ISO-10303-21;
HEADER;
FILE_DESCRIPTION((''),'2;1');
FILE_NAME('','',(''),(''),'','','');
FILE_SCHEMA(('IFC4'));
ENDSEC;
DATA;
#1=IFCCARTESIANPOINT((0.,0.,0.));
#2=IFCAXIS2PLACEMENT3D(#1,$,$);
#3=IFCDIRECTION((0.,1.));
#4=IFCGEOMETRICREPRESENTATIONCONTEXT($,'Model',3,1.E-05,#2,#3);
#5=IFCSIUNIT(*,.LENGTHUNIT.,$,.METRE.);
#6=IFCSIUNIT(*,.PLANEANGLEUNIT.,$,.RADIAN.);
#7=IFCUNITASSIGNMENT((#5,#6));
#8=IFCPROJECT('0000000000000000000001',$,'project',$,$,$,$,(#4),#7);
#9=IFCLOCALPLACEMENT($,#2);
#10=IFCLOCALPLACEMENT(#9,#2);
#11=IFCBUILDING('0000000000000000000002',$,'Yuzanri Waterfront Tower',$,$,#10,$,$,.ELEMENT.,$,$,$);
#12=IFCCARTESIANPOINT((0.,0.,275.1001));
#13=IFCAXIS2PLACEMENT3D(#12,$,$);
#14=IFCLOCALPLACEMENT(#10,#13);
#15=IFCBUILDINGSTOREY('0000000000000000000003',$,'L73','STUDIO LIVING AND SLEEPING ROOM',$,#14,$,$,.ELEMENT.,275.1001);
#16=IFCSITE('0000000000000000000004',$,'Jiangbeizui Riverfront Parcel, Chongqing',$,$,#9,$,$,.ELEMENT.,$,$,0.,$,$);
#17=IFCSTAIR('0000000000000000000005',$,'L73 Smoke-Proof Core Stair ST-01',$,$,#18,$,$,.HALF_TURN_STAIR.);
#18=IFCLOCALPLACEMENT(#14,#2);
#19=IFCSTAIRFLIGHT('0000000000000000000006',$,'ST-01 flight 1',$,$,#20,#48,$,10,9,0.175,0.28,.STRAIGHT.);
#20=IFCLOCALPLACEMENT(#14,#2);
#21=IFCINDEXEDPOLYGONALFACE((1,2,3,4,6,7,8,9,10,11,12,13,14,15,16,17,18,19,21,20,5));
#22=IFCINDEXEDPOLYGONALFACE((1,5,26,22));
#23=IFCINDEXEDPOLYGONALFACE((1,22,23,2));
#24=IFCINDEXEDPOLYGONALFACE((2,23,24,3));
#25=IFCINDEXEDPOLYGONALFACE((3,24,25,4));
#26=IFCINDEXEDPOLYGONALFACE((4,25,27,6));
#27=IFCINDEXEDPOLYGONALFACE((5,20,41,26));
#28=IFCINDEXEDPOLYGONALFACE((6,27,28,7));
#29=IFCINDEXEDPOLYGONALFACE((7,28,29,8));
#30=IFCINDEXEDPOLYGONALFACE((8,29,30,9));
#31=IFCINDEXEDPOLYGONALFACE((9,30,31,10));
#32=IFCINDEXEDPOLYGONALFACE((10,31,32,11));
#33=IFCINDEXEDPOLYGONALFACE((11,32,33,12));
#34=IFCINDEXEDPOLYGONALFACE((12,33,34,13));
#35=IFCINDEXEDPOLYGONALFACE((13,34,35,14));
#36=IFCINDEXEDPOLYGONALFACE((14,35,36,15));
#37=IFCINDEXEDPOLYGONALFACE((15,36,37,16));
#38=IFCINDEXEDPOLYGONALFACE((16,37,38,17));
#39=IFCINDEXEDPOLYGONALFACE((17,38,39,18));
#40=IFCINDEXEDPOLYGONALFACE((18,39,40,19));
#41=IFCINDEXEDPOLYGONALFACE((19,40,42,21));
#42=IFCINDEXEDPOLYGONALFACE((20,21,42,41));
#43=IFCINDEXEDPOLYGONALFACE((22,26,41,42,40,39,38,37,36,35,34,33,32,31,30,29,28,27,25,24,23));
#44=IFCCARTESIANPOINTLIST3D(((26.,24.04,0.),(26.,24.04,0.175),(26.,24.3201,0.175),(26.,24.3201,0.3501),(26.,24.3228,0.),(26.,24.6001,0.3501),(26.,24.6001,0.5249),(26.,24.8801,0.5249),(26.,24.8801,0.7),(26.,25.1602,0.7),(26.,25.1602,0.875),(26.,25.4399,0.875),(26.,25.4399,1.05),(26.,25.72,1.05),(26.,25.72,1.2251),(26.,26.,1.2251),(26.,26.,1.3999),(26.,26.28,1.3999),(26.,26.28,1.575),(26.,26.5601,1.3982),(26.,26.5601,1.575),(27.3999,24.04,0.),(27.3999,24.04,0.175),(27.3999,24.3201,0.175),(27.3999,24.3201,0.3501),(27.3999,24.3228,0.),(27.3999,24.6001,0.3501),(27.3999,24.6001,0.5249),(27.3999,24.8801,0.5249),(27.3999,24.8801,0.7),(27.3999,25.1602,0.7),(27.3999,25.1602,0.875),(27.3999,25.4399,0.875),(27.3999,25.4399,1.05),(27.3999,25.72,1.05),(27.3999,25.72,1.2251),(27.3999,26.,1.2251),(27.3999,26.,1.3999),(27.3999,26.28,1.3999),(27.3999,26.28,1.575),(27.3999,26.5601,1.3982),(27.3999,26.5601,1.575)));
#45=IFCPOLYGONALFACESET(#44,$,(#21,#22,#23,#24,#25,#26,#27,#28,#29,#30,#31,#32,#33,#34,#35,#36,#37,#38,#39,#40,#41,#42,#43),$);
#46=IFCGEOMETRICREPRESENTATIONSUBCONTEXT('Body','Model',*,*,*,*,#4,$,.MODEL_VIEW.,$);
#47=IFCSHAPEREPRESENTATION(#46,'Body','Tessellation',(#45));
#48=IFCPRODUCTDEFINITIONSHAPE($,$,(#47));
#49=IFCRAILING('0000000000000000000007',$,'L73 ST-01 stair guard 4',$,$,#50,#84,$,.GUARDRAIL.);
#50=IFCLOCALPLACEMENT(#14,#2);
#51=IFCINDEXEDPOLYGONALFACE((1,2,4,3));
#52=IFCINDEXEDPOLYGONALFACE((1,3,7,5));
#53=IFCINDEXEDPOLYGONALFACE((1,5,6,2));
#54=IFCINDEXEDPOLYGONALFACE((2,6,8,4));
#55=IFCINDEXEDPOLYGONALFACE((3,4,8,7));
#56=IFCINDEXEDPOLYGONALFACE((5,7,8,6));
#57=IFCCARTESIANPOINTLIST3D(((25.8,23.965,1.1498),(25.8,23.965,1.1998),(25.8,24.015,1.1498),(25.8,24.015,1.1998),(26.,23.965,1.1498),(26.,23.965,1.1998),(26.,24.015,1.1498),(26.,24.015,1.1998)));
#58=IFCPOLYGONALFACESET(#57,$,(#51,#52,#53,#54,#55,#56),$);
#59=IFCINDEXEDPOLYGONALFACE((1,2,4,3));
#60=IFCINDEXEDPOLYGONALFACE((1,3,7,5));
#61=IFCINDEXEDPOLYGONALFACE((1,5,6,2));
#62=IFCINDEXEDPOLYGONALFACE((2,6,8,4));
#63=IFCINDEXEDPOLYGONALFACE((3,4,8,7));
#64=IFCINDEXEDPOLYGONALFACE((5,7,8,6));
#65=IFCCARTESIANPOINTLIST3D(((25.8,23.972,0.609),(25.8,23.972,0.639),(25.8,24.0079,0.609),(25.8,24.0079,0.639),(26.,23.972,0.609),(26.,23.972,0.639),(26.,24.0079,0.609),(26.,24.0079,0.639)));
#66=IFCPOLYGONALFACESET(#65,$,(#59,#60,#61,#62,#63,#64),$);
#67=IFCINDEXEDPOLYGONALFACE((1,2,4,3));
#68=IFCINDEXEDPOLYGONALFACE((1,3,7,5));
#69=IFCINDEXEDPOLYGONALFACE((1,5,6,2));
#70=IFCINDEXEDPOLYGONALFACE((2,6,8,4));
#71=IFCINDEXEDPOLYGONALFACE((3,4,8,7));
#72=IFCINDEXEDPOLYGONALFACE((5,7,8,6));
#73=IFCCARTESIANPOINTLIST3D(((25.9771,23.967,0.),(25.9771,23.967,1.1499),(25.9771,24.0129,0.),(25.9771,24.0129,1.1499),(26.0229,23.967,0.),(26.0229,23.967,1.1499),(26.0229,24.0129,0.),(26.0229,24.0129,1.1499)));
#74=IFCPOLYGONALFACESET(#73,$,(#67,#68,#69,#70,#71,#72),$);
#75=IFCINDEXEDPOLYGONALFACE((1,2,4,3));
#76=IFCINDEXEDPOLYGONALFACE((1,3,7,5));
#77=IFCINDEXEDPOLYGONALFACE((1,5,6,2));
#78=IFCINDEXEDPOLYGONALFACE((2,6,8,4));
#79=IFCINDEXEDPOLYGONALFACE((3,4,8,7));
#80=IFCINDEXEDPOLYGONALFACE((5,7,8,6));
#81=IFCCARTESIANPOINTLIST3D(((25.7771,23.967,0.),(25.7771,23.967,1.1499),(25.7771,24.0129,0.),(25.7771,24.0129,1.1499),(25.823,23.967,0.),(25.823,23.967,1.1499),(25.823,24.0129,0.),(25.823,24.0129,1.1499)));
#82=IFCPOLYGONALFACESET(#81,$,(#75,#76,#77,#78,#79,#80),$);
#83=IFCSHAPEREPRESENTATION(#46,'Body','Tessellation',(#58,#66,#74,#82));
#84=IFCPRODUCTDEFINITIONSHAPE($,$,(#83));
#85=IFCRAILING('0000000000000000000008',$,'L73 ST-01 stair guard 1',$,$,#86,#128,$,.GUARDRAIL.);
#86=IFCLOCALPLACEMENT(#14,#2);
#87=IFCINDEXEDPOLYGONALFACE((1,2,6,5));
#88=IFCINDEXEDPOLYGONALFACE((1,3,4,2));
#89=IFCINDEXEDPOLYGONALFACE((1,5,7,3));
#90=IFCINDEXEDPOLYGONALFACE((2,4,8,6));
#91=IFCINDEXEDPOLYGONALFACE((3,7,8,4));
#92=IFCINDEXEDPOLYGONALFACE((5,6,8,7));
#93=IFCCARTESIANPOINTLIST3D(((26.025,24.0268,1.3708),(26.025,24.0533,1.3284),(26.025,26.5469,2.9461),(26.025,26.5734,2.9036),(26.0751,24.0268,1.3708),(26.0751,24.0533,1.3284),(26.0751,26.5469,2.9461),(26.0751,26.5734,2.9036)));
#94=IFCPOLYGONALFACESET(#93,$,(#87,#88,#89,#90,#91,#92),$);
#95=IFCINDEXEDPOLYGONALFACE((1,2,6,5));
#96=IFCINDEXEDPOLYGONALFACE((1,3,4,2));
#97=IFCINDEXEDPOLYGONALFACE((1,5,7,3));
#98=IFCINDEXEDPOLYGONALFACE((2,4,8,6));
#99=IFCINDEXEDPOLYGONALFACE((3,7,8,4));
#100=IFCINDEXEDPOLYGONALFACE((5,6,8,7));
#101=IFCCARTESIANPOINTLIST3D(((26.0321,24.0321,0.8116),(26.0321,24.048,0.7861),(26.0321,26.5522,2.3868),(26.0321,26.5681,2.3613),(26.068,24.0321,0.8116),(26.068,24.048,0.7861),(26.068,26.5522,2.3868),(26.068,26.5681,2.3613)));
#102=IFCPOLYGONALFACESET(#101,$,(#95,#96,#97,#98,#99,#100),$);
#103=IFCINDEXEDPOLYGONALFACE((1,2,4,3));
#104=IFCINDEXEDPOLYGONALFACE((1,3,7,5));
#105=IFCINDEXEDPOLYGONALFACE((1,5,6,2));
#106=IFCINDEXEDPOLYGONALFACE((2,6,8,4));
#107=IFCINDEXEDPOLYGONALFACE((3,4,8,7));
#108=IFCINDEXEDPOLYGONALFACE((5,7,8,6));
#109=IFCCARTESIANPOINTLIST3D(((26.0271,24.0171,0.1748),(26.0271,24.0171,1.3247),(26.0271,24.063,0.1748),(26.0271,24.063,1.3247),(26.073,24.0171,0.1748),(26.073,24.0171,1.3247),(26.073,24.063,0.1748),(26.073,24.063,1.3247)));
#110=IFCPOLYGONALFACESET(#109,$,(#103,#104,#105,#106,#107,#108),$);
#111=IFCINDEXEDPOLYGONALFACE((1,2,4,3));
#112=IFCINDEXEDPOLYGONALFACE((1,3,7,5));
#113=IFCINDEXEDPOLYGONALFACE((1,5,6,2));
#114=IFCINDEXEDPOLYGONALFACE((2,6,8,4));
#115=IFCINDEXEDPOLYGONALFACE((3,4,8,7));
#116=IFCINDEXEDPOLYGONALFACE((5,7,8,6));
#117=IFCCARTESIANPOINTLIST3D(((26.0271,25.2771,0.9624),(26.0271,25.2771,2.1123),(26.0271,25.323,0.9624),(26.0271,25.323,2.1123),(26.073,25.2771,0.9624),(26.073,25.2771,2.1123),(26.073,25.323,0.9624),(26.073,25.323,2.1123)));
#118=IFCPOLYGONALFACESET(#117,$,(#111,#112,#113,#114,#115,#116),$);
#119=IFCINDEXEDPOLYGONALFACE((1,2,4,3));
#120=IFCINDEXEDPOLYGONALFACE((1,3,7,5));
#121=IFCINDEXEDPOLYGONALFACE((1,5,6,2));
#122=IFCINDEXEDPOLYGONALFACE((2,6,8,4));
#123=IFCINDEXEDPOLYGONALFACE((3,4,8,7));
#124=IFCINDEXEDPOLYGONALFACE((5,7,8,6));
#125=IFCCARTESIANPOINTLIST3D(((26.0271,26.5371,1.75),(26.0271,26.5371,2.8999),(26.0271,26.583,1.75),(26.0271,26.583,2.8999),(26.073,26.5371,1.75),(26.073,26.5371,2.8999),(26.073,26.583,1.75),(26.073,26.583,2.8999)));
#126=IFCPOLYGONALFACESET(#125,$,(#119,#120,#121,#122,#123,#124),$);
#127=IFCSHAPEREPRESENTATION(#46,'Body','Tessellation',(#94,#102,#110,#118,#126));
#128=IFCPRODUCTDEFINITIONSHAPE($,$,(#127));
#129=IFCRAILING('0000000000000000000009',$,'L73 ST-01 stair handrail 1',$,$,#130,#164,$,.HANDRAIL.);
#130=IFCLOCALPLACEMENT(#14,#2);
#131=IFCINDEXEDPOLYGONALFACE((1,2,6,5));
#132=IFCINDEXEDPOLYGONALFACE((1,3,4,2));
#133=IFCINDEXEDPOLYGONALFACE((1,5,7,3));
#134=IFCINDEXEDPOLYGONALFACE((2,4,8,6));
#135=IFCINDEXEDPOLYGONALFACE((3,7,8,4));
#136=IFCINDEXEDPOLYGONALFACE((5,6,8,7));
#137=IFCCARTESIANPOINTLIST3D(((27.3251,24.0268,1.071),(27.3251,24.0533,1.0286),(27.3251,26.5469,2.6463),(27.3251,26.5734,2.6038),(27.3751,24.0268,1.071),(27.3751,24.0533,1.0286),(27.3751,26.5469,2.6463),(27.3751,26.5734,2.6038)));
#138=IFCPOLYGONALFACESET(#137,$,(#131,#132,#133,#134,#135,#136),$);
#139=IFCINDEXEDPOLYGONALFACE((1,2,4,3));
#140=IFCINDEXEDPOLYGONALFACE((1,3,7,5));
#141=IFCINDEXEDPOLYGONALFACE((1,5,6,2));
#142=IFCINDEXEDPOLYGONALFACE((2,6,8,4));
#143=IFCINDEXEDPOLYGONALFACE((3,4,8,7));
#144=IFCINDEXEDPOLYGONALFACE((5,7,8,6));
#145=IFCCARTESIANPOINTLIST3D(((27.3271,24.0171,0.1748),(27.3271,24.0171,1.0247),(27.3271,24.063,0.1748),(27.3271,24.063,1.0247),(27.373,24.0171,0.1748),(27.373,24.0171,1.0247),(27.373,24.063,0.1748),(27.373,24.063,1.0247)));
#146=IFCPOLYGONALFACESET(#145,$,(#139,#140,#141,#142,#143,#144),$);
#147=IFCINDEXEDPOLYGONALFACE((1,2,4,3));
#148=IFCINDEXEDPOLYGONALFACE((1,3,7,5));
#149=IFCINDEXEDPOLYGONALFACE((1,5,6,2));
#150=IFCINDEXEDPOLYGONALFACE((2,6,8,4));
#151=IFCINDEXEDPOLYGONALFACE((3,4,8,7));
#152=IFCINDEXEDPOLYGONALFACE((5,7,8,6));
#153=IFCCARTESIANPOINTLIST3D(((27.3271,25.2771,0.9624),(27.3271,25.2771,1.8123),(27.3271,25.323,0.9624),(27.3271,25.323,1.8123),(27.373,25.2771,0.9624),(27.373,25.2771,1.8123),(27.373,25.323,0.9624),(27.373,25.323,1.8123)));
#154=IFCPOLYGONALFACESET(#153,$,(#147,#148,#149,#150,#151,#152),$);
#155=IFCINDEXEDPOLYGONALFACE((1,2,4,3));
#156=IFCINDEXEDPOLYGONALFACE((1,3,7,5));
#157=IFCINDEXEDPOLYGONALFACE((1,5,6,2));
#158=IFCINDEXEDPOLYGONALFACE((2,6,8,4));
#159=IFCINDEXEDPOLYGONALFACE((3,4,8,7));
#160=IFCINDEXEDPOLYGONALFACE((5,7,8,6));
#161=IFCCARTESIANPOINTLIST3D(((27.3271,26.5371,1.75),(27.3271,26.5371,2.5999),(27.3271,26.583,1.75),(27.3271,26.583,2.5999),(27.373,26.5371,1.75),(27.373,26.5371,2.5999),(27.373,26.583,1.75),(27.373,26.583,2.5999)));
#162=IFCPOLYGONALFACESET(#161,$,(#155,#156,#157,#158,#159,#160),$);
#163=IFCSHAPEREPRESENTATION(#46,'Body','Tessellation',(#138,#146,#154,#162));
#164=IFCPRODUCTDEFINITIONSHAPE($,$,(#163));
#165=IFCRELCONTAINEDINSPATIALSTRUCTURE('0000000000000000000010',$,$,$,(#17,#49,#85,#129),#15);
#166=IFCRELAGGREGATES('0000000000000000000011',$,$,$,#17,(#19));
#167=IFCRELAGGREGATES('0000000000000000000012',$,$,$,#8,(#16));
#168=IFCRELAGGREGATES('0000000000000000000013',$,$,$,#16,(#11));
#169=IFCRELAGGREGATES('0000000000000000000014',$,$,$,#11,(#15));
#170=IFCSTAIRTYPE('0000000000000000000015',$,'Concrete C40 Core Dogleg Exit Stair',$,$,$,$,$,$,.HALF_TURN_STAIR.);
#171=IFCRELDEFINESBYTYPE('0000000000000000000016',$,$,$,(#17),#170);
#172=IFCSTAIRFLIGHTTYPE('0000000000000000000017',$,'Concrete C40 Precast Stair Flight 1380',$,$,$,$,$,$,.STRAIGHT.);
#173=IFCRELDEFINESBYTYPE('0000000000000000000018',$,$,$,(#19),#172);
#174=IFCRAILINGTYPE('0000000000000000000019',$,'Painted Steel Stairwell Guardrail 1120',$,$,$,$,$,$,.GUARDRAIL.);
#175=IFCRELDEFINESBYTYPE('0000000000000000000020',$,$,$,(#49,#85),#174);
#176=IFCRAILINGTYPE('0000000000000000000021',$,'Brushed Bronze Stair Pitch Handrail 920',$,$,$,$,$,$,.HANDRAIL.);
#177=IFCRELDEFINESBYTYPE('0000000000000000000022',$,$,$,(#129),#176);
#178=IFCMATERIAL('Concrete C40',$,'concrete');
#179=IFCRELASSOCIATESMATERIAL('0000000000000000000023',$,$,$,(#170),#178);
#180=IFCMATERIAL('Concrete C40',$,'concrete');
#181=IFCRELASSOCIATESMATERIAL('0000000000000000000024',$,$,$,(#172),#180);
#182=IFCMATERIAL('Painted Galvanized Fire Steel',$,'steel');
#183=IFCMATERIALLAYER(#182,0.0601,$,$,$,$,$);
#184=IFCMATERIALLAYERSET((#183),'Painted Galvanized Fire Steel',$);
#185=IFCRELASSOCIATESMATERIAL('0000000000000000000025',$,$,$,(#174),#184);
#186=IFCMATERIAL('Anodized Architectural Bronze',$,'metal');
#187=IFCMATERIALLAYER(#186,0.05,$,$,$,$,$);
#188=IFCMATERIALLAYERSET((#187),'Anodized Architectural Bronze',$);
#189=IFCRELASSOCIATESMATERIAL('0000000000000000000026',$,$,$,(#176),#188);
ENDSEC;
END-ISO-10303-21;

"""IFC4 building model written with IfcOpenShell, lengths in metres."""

from ifc_helpers import new_model, si_unit, direction, frame, origin, origin_2d, place, context, subcontext, project, spatial, polyline, rectangle, outline, extrude, source, transform, mapped, material, layer, layer_set, type_object, element, aggregate, save


model = new_model("IFC4")

# Units and contexts
model_context = context("Model", 3, precision=1e-05, world=origin(), true_north=direction((0.0, 1.0)))
body_context = subcontext(model_context, "Body", "Model", "MODEL_VIEW")
ifc_project = project(units=[si_unit("LENGTHUNIT", "METRE"), si_unit("PLANEANGLEUNIT", "RADIAN")], contexts=[model_context])

# Site, building, storey
site_placement = place(None, origin())
site = spatial("IfcSite", under=ifc_project, at=site_placement, Name="Jiangbeizui Riverfront Parcel, Chongqing", CompositionType="ELEMENT", RefElevation=0.0)
building_placement = place(site_placement, origin())
building = spatial("IfcBuilding", under=site, at=building_placement, Name="Yuzanri Waterfront Tower", CompositionType="ELEMENT")
storey_placement = place(building_placement, frame((0.0, 0.0, 275.1001)))
storey = spatial("IfcBuildingStorey", under=building, at=storey_placement, Name="L73", Description="STUDIO LIVING AND SLEEPING ROOM", CompositionType="ELEMENT", Elevation=275.1001)

# Stair, stair flight
ifc_material_1 = material(Name="Concrete C40", Category="concrete")
stair_type = type_object("IfcStairType", Name="Concrete C40 Core Dogleg Exit Stair", PredefinedType="HALF_TURN_STAIR", material=ifc_material_1)
stair_placement = place(storey_placement, origin())
stair = element("IfcStair", 1, at=stair_placement, inside=storey, type_object=stair_type, Name="L73 Smoke-Proof Core Stair ST-01", PredefinedType="HALF_TURN_STAIR")
ifc_material_2 = material(Name="Concrete C40", Category="concrete")
stair_flight_type = type_object("IfcStairFlightType", Name="Concrete C40 Precast Stair Flight 1380", PredefinedType="STRAIGHT", material=ifc_material_2)
shared_shape_1 = source(origin(), body_context, "Body", "SweptSolid", [
    extrude(outline(polyline([(0.0, 0.0), (0.0, 0.175), (0.28, 0.175), (0.28, 0.3501), (0.5601, 0.3501), (0.5601, 0.5249), (0.8401, 0.5249), (0.8401, 0.7), (1.1201, 0.7), (1.1201, 0.875), (1.3999, 0.875), (1.3999, 1.05), (1.6799, 1.05), (1.6799, 1.2251), (1.96, 1.2251), (1.96, 1.3999), (2.24, 1.3999), (2.24, 1.575), (2.52, 1.575), (2.52, 1.75), (2.52, 1.3982), (0.2827, 0.0), (0.0, 0.0)])), frame((0.0, 0.7, 0.0), z_axis=(0.0, -1.0, 0.0), x_axis=(1.0, 0.0, 0.0)), (0.0, 0.0, 1.0), 1.3999),
])
stair_flight_placement = place(storey_placement, frame((26.7, 24.04, 0.0), z_axis=(0.0, 0.0, 1.0), x_axis=(0.0, 1.0, 0.0)))
stair_flight = element("IfcStairFlight", 2, at=stair_flight_placement, type_object=stair_flight_type, Name="ST-01 flight 1", NumberOfRisers=10, NumberOfTreads=9, PredefinedType="STRAIGHT", RiserHeight=0.175, TreadLength=0.28, context=body_context, shape_type="MappedRepresentation", body=[
    mapped(shared_shape_1, transform((0.0, 0.0, 0.0), scale=1.0)),
])
aggregate(stair, [stair_flight])

# Railings
ifc_material_3 = material(Name="Painted Galvanized Fire Steel", Category="steel")
ifc_layer_1 = layer(ifc_material_3, 0.0601)
ifc_layer_set_1 = layer_set([ifc_layer_1], Name="Painted Galvanized Fire Steel")
railing_type_1 = type_object("IfcRailingType", Name="Painted Steel Stairwell Guardrail 1120", PredefinedType="GUARDRAIL", material=ifc_layer_set_1)
shared_shape_2 = source(origin(), body_context, "Body", "SweptSolid", [
    extrude(rectangle(XDim=0.05, YDim=0.05, at=origin_2d()), frame((0.0, 0.0, 1.1748), z_axis=(-1.0, 0.0, 0.0), x_axis=(0.0, -1.0, 0.0)), (0.0, 0.0, 1.0), 0.2),
    extrude(rectangle(XDim=0.0359, YDim=0.03, at=origin_2d()), frame((0.0, 0.0, 0.624), z_axis=(-1.0, 0.0, 0.0), x_axis=(0.0, -1.0, 0.0)), (0.0, 0.0, 1.0), 0.2),
    extrude(rectangle(XDim=0.0459, YDim=0.0459, at=origin_2d()), origin(), (0.0, 0.0, 1.0), 1.1499),
    extrude(rectangle(XDim=0.0459, YDim=0.0459, at=origin_2d()), frame((-0.2, 0.0, 0.0)), (0.0, 0.0, 1.0), 1.1499),
])
railing_1_placement = place(storey_placement, frame((26.0, 23.99, 0.0)))
element("IfcRailing", 3, at=railing_1_placement, inside=storey, type_object=railing_type_1, Name="L73 ST-01 stair guard 4", PredefinedType="GUARDRAIL", context=body_context, shape_type="MappedRepresentation", body=[
    mapped(shared_shape_2, transform((0.0, 0.0, 0.0), scale=1.0)),
])
shared_shape_3 = source(origin(), body_context, "Body", "SweptSolid", [
    extrude(rectangle(XDim=0.05, YDim=0.05, at=origin_2d()), frame((0.0, 0.0, 1.1748), z_axis=(0.0, 0.847971, 0.530043), x_axis=(-1.0, 0.0, 0.0)), (0.0, 0.0, 1.0), 2.9719),
    extrude(rectangle(XDim=0.0359, YDim=0.03, at=origin_2d()), frame((0.0, 0.0, 0.624), z_axis=(0.0, 0.847971, 0.530043), x_axis=(-1.0, 0.0, 0.0)), (0.0, 0.0, 1.0), 2.9719),
    extrude(rectangle(XDim=0.0459, YDim=0.0459, at=origin_2d()), origin(), (0.0, 0.0, 1.0), 1.1499),
    extrude(rectangle(XDim=0.0459, YDim=0.0459, at=origin_2d()), frame((0.0, 1.26, 0.7876)), (0.0, 0.0, 1.0), 1.1499),
    extrude(rectangle(XDim=0.0459, YDim=0.0459, at=origin_2d()), frame((0.0, 2.52, 1.5752)), (0.0, 0.0, 1.0), 1.1499),
])
railing_2_placement = place(storey_placement, frame((26.05, 24.04, 0.1748)))
element("IfcRailing", 4, at=railing_2_placement, inside=storey, type_object=railing_type_1, Name="L73 ST-01 stair guard 1", PredefinedType="GUARDRAIL", context=body_context, shape_type="MappedRepresentation", body=[
    mapped(shared_shape_3, transform((0.0, 0.0, 0.0), scale=1.0)),
])
ifc_material_4 = material(Name="Anodized Architectural Bronze", Category="metal")
ifc_layer_2 = layer(ifc_material_4, 0.05)
ifc_layer_set_2 = layer_set([ifc_layer_2], Name="Anodized Architectural Bronze")
railing_type_2 = type_object("IfcRailingType", Name="Brushed Bronze Stair Pitch Handrail 920", PredefinedType="HANDRAIL", material=ifc_layer_set_2)
shared_shape_4 = source(origin(), body_context, "Body", "SweptSolid", [
    extrude(rectangle(XDim=0.05, YDim=0.05, at=origin_2d()), frame((0.0, 0.0, 0.875), z_axis=(0.0, 0.847971, 0.530043), x_axis=(-1.0, 0.0, 0.0)), (0.0, 0.0, 1.0), 2.9719),
    extrude(rectangle(XDim=0.0459, YDim=0.0459, at=origin_2d()), origin(), (0.0, 0.0, 1.0), 0.8499),
    extrude(rectangle(XDim=0.0459, YDim=0.0459, at=origin_2d()), frame((0.0, 1.26, 0.7876)), (0.0, 0.0, 1.0), 0.8499),
    extrude(rectangle(XDim=0.0459, YDim=0.0459, at=origin_2d()), frame((0.0, 2.52, 1.5752)), (0.0, 0.0, 1.0), 0.8499),
])
railing_3_placement = place(storey_placement, frame((27.3501, 24.04, 0.1748)))
element("IfcRailing", 5, at=railing_3_placement, inside=storey, type_object=railing_type_2, Name="L73 ST-01 stair handrail 1", PredefinedType="HANDRAIL", context=body_context, shape_type="MappedRepresentation", body=[
    mapped(shared_shape_4, transform((0.0, 0.0, 0.0), scale=1.0)),
])

save(model, "model.ifc")
